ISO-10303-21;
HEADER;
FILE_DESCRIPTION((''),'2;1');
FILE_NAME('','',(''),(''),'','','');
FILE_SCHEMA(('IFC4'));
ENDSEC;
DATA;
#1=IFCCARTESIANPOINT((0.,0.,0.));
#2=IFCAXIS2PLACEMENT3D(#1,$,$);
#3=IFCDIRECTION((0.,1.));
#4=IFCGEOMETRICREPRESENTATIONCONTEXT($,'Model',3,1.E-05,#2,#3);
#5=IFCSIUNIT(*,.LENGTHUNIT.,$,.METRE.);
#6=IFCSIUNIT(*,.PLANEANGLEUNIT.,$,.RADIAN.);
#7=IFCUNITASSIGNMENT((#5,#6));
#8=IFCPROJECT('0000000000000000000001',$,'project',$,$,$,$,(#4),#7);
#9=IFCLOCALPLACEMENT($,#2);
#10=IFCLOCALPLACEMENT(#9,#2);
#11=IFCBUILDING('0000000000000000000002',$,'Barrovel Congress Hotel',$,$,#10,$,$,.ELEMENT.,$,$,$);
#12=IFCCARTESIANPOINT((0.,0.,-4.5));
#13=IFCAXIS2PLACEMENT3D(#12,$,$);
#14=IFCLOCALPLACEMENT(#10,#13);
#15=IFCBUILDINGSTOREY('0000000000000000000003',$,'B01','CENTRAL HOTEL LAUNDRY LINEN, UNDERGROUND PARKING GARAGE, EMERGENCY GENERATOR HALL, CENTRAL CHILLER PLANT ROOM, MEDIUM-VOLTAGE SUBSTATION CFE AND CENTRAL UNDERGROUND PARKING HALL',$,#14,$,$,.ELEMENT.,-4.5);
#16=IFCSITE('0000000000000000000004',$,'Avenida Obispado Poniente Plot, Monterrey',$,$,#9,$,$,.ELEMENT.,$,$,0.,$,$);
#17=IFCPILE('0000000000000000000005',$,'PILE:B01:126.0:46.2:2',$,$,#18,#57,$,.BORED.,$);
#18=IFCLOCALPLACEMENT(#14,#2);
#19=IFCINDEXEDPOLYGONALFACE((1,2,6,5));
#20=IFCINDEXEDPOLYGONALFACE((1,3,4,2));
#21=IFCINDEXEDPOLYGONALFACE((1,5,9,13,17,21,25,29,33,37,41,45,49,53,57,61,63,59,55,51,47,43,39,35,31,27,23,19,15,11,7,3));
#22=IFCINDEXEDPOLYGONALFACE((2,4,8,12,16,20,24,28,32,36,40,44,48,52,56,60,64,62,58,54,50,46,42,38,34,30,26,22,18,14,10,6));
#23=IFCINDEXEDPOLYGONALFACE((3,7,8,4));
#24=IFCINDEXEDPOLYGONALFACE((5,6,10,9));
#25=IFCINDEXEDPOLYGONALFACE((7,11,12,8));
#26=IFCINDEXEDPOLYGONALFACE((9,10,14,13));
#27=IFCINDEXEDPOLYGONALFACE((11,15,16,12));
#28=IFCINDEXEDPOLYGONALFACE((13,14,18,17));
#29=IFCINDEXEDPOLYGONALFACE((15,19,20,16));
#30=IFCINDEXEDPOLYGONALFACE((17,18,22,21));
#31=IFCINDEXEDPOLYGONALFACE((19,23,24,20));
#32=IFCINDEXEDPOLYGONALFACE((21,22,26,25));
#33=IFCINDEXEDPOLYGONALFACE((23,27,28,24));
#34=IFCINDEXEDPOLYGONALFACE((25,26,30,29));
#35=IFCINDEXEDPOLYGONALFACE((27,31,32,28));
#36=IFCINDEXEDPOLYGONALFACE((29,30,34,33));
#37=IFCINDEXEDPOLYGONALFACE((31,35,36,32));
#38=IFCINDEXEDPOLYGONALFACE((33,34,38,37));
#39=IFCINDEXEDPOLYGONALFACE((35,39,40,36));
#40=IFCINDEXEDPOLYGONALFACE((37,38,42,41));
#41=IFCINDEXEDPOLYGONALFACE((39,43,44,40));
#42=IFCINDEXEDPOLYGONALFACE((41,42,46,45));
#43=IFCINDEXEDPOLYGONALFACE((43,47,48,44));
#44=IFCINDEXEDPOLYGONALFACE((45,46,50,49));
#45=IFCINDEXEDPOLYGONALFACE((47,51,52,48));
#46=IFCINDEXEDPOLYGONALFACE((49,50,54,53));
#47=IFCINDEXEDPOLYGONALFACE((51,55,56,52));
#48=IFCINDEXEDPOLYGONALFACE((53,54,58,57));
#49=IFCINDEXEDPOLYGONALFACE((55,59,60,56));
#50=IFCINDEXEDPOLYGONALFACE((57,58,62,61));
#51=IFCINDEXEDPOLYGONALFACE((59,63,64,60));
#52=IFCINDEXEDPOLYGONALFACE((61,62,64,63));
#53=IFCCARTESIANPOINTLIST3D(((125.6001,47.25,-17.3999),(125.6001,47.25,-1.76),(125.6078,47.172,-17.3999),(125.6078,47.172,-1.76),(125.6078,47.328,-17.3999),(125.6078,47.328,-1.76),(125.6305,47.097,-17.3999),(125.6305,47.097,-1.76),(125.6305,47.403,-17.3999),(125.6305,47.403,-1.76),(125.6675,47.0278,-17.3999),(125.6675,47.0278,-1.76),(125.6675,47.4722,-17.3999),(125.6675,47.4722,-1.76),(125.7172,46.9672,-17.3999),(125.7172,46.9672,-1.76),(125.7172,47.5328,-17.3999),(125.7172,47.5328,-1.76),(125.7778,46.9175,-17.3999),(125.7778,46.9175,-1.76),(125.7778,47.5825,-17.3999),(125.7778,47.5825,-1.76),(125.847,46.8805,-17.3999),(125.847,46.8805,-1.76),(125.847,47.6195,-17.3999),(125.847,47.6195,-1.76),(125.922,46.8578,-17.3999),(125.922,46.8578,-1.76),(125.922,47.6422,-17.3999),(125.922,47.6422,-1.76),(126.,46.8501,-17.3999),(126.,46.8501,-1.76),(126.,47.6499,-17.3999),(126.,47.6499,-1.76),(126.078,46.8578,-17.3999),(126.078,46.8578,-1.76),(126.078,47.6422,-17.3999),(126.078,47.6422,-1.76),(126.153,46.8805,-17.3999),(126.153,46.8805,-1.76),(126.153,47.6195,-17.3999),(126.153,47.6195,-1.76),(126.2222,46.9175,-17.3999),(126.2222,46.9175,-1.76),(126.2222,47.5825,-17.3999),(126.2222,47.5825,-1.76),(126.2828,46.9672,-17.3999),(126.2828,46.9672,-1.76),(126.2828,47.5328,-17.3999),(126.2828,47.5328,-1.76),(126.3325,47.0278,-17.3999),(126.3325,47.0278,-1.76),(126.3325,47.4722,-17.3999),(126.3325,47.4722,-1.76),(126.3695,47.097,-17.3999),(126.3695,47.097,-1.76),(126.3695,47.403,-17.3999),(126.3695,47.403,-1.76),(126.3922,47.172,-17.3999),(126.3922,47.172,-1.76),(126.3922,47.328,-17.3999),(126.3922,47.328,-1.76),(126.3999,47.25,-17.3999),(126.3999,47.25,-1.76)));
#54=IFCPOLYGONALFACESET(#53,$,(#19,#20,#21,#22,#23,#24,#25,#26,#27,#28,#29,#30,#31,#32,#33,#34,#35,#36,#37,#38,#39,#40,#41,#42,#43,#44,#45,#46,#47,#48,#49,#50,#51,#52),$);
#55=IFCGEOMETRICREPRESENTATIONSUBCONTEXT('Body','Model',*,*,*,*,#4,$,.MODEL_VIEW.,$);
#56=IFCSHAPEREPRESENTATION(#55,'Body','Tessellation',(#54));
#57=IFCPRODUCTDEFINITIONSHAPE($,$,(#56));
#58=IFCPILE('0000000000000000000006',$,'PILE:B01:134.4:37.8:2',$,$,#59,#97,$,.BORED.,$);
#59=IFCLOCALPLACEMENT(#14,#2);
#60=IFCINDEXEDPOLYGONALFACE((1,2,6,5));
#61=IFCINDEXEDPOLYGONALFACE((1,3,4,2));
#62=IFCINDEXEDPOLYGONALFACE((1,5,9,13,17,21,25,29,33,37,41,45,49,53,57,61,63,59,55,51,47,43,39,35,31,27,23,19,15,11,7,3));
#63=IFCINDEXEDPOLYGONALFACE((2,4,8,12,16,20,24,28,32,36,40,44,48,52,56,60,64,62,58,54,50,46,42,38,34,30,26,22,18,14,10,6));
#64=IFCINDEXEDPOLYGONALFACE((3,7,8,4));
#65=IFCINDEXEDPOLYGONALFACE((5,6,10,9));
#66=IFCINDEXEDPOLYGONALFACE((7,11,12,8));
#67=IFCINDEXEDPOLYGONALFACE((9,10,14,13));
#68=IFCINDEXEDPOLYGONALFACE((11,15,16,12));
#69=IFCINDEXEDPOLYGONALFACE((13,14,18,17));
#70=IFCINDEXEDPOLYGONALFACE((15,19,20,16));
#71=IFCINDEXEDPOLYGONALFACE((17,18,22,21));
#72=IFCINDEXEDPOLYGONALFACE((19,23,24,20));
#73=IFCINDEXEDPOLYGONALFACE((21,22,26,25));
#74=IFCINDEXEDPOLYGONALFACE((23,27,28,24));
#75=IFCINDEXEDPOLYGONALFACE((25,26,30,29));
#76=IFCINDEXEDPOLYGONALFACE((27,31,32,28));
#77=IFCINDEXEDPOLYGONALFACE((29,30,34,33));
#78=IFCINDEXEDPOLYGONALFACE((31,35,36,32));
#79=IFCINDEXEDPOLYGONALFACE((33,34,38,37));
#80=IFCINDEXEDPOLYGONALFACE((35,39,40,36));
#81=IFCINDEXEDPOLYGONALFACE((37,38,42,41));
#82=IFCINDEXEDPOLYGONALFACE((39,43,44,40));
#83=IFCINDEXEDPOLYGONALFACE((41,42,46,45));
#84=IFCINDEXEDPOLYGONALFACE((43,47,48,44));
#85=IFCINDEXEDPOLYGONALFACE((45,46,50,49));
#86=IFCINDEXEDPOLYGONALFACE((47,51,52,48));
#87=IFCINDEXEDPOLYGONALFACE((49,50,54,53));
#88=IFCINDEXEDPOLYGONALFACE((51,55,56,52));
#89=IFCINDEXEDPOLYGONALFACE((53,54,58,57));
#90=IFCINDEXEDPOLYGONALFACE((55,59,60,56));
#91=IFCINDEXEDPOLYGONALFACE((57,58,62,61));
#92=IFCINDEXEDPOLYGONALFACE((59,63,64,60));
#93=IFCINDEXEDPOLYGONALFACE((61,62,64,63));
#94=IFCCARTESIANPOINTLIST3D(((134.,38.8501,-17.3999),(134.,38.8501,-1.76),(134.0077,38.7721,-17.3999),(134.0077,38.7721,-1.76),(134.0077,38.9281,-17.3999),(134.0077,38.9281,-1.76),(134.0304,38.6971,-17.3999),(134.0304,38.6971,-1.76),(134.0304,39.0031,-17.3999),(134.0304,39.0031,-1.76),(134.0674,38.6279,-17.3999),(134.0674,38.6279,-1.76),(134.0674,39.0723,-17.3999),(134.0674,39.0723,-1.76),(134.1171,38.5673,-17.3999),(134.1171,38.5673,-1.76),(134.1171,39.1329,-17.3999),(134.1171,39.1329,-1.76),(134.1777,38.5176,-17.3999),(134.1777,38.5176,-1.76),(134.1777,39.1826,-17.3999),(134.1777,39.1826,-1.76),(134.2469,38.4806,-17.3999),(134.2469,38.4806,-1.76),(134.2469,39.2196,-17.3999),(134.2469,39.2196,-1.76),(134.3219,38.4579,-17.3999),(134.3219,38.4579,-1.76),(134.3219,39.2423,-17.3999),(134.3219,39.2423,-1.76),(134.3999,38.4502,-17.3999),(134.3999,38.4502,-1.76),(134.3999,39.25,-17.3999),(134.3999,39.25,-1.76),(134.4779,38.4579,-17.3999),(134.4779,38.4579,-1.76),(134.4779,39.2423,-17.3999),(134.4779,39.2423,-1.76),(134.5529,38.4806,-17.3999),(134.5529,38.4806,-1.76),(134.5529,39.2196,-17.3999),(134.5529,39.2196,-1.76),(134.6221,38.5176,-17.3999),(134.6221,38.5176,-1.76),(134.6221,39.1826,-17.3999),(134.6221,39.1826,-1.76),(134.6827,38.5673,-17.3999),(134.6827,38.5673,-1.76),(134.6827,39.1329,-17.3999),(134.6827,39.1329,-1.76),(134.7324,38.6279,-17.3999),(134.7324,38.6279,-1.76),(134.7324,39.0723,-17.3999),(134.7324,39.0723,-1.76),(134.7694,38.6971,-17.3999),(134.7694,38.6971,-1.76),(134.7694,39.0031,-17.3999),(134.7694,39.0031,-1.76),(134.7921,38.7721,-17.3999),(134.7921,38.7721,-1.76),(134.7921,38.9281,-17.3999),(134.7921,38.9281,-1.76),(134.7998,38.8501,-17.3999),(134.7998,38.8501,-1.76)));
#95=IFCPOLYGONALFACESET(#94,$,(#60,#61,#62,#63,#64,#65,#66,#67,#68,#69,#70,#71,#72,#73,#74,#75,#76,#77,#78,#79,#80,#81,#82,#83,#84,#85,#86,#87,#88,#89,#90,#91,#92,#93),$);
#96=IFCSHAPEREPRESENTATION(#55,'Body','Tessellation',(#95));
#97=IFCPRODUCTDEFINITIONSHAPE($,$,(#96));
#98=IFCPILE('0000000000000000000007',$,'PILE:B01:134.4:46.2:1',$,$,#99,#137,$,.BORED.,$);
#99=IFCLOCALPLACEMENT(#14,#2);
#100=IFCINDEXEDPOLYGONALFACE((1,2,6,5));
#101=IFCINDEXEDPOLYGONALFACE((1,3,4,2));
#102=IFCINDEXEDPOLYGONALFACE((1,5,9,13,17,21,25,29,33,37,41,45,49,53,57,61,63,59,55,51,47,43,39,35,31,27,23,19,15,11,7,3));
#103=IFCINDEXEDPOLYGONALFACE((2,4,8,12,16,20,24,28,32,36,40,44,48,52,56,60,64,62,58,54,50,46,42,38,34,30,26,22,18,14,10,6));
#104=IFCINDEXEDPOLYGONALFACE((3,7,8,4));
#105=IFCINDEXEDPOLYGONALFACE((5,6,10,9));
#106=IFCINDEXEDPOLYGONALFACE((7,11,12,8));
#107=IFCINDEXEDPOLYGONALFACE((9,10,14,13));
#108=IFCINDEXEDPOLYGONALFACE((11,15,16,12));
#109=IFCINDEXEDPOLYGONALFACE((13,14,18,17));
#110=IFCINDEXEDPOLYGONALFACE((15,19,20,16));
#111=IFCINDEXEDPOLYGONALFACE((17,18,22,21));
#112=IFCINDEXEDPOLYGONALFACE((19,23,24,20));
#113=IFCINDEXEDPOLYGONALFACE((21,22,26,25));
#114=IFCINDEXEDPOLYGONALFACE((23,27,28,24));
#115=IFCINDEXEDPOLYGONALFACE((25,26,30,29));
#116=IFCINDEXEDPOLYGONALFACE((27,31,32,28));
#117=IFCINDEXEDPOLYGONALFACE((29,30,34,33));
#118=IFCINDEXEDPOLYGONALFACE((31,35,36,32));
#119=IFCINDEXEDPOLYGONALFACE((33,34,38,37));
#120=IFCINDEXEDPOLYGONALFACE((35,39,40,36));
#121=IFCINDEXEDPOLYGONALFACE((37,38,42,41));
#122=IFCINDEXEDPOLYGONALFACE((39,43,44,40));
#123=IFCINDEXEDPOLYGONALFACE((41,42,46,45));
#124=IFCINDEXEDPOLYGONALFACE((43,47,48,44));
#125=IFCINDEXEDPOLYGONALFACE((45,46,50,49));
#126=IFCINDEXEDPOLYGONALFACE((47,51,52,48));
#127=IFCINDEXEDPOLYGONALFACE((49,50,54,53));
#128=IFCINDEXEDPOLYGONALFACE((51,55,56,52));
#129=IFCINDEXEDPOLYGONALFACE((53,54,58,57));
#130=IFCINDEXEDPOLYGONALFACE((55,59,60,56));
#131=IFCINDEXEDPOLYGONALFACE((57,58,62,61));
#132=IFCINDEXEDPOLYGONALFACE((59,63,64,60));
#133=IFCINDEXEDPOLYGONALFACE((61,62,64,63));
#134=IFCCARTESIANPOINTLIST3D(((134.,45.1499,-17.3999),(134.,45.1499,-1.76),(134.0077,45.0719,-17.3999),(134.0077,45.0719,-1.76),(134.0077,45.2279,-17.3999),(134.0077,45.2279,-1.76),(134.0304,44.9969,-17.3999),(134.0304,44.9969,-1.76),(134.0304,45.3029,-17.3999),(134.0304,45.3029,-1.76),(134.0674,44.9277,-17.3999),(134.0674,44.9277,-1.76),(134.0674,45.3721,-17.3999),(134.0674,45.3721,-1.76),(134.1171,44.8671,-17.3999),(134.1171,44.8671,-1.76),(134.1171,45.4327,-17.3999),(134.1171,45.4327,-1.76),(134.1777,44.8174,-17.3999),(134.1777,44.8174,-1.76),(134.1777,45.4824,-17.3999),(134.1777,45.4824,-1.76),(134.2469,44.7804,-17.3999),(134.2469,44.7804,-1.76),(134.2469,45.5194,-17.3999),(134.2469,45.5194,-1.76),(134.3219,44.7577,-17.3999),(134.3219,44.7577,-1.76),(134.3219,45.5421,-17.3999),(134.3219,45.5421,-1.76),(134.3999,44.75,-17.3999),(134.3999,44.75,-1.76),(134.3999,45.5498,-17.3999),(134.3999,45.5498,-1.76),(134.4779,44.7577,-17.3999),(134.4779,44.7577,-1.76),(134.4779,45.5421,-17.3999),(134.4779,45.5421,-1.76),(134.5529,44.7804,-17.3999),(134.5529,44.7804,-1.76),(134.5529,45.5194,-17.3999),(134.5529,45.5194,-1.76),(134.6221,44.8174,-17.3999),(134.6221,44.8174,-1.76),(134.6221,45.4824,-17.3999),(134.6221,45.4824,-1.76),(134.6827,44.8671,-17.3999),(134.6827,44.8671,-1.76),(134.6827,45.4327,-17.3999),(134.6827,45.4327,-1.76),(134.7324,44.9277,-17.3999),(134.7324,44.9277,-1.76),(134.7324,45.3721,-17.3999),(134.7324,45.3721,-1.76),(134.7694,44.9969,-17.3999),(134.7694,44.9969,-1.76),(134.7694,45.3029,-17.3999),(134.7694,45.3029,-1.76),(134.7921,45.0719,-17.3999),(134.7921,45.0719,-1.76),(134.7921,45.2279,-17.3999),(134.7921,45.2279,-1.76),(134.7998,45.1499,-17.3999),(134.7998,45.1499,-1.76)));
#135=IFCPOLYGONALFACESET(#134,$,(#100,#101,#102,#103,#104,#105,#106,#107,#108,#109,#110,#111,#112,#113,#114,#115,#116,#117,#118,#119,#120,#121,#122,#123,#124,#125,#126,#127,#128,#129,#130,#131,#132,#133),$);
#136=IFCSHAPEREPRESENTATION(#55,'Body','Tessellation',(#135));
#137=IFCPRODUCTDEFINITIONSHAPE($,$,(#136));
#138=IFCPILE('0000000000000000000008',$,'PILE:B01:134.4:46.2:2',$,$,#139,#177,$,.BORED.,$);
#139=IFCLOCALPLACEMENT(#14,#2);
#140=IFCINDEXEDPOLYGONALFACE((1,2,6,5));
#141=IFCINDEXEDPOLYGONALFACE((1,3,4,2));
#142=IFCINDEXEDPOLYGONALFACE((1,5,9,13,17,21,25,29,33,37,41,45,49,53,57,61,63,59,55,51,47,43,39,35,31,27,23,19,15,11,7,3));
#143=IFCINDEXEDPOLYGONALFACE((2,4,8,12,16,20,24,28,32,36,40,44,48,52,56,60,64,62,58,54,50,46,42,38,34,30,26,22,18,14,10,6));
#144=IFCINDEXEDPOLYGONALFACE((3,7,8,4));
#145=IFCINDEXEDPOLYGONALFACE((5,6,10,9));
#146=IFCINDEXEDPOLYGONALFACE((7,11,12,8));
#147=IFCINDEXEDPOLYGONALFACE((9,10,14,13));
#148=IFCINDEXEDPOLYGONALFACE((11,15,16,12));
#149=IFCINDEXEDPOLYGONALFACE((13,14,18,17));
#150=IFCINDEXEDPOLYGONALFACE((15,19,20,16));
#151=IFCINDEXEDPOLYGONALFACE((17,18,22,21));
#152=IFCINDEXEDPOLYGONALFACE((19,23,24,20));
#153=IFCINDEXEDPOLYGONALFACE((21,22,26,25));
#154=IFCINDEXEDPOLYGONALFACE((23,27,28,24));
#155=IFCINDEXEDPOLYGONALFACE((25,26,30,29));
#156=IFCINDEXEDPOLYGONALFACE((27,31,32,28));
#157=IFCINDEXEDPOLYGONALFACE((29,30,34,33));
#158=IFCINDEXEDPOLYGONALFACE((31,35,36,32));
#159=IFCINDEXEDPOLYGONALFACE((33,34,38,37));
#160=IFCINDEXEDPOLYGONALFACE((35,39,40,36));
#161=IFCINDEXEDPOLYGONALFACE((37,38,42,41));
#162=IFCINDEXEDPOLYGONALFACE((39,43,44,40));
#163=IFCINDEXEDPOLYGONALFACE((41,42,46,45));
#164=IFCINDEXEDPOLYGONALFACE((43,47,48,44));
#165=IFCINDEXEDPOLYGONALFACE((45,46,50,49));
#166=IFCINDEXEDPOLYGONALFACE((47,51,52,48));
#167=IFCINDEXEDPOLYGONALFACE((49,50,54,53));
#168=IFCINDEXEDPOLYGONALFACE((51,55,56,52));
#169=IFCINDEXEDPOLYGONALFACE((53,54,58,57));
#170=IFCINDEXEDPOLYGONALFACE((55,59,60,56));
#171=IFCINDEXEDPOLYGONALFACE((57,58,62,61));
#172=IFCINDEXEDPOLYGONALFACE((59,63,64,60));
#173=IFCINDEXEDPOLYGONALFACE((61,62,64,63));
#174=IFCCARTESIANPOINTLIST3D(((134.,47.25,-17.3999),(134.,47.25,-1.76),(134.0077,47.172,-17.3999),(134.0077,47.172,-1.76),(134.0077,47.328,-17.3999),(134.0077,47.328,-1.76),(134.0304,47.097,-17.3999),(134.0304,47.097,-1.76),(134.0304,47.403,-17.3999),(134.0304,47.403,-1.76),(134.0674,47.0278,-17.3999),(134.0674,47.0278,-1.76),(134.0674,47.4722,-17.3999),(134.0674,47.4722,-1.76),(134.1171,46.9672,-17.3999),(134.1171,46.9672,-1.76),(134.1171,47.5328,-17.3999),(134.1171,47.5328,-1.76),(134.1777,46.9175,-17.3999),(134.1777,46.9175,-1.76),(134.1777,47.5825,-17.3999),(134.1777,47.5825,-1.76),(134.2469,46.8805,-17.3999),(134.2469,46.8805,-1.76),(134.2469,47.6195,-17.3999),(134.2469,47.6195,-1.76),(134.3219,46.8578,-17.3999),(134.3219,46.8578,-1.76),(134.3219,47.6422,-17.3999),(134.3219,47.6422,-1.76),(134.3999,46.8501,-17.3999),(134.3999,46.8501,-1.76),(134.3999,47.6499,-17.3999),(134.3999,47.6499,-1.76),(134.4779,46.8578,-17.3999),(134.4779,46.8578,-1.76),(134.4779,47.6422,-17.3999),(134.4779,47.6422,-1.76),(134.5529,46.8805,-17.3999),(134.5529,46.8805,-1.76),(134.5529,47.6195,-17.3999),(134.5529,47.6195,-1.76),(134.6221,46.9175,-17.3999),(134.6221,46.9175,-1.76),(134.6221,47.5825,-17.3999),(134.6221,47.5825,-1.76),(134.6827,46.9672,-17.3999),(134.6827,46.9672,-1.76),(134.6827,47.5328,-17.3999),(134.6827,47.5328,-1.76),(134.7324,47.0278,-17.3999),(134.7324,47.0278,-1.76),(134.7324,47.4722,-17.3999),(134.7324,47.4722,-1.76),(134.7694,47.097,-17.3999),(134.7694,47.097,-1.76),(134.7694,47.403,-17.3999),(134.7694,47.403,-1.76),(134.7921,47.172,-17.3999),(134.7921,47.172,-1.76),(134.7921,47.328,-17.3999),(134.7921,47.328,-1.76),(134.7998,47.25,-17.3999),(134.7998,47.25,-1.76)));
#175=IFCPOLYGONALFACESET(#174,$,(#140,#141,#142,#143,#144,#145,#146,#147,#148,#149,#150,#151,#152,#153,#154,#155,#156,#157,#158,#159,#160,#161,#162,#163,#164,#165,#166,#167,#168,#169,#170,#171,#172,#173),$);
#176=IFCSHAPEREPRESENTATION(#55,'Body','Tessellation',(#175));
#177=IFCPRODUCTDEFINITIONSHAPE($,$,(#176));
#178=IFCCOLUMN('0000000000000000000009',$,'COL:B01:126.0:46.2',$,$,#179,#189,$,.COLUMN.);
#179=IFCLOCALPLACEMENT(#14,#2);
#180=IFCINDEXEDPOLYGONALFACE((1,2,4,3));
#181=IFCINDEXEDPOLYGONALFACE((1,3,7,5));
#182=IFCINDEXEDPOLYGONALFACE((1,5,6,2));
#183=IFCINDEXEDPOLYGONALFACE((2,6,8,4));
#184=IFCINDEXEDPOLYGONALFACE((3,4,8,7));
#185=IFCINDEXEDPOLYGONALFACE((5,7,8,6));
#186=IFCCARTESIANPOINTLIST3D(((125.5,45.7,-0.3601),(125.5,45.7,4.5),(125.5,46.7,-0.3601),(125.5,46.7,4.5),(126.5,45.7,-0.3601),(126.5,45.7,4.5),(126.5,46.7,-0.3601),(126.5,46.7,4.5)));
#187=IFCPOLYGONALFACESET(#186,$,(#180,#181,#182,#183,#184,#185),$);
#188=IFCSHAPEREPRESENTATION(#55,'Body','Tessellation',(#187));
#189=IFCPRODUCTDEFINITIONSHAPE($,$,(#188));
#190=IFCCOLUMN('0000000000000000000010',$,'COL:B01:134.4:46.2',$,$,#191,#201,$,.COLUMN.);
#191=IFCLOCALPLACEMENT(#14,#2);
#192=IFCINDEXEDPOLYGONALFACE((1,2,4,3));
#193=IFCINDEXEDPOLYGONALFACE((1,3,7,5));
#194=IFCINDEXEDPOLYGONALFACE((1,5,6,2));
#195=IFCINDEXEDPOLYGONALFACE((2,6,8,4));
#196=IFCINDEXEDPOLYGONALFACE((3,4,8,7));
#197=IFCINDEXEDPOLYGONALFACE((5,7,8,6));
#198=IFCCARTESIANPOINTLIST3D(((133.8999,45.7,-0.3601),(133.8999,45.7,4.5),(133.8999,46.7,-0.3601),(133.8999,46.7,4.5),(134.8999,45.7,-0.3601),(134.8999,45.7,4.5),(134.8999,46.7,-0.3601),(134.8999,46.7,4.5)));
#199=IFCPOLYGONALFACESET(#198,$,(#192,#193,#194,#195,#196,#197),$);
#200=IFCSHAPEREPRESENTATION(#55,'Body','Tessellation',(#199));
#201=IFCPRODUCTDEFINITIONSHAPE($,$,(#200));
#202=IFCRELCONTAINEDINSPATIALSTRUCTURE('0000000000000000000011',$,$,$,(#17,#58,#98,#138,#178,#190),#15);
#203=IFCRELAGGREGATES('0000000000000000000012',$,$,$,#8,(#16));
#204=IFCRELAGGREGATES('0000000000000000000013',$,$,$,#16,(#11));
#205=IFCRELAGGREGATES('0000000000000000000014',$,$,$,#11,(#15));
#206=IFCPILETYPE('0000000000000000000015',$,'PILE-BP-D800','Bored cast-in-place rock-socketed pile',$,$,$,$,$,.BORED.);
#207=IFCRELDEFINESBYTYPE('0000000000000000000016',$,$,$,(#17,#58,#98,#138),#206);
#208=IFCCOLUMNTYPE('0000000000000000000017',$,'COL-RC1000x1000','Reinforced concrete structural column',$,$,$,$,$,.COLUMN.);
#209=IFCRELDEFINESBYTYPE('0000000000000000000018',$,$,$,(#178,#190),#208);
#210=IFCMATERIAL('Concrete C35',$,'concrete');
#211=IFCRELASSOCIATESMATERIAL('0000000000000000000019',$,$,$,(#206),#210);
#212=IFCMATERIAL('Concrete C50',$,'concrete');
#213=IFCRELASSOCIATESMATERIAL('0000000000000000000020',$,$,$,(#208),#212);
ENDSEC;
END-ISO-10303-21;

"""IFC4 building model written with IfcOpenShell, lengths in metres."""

from ifc_helpers import new_model, si_unit, direction, frame, origin, origin_2d, place, context, subcontext, project, spatial, rectangle, circle, extrude, material, material_profile, profile_set, type_object, element, save


model = new_model("IFC4")

# Units and contexts
model_context = context("Model", 3, precision=1e-05, world=origin(), true_north=direction((0.0, 1.0)))
body_context = subcontext(model_context, "Body", "Model", "MODEL_VIEW")
ifc_project = project(units=[si_unit("LENGTHUNIT", "METRE"), si_unit("PLANEANGLEUNIT", "RADIAN")], contexts=[model_context])

# Site, building, storey
site_placement = place(None, origin())
site = spatial("IfcSite", under=ifc_project, at=site_placement, Name="Avenida Obispado Poniente Plot, Monterrey", CompositionType="ELEMENT", RefElevation=0.0)
building_placement = place(site_placement, origin())
building = spatial("IfcBuilding", under=site, at=building_placement, Name="Barrovel Congress Hotel", CompositionType="ELEMENT")
storey_placement = place(building_placement, frame((0.0, 0.0, -4.5)))
storey = spatial("IfcBuildingStorey", under=building, at=storey_placement, Name="B01", Description="CENTRAL HOTEL LAUNDRY LINEN, UNDERGROUND PARKING GARAGE, EMERGENCY GENERATOR HALL, CENTRAL CHILLER PLANT ROOM, MEDIUM-VOLTAGE SUBSTATION CFE AND CENTRAL UNDERGROUND PARKING HALL", CompositionType="ELEMENT", Elevation=-4.5)

# Piles
ifc_material_1 = material(Name="Concrete C35", Category="concrete")
ifc_material_profile_1 = material_profile(ifc_material_1, circle(Radius=0.3999, at=origin_2d()), Name="BP-D800")
ifc_profile_set_1 = profile_set([ifc_material_profile_1], Name="Concrete C35")
pile_type_1 = type_object("IfcPileType", Name="PILE-BP-D800", Description="Bored cast-in-place rock-socketed pile", PredefinedType="BORED", material=ifc_profile_set_1)
for number, where, z_axis, x_axis, name in (
    (1, (126.0, 47.25, -1.76), (0.0, 0.0, -1.0), (1.0, 0.0, 0.0), "PILE:B01:126.0:46.2:2"),
    (2, (134.3999, 38.8501, -1.76), (0.0, 0.0, -1.0), (1.0, 0.0, 0.0), "PILE:B01:134.4:37.8:2"),
    (3, (134.3999, 45.1499, -1.76), (0.0, 0.0, -1.0), (1.0, 0.0, 0.0), "PILE:B01:134.4:46.2:1"),
    (4, (134.3999, 47.25, -1.76), (0.0, 0.0, -1.0), (1.0, 0.0, 0.0), "PILE:B01:134.4:46.2:2"),
):
    element("IfcPile", number, at=place(storey_placement, frame(where, z_axis=z_axis, x_axis=x_axis)), inside=storey, type_object=pile_type_1, Name=name, PredefinedType="BORED", context=body_context, shape_type="SweptSolid", body=[
        extrude(circle(Radius=0.3999, at=origin_2d()), origin(), (0.0, 0.0, 1.0), 15.6399),
    ])

# Columns
ifc_material_2 = material(Name="Concrete C50", Category="concrete")
ifc_material_profile_2 = material_profile(ifc_material_2, rectangle(XDim=1.0, YDim=1.0, at=origin_2d()), Name="RC1000x1000")
ifc_profile_set_2 = profile_set([ifc_material_profile_2], Name="Concrete C50")
column_type_1 = type_object("IfcColumnType", Name="COL-RC1000x1000", Description="Reinforced concrete structural column", PredefinedType="COLUMN", material=ifc_profile_set_2)
for number, where, z_axis, x_axis, name in (
    (5, (126.0, 46.2, -0.3601), (0.0, 0.0, 1.0), (1.0, 0.0, 0.0), "COL:B01:126.0:46.2"),
    (6, (134.3999, 46.2, -0.3601), (0.0, 0.0, 1.0), (1.0, 0.0, 0.0), "COL:B01:134.4:46.2"),
):
    element("IfcColumn", number, at=place(storey_placement, frame(where, z_axis=z_axis, x_axis=x_axis)), inside=storey, type_object=column_type_1, Name=name, PredefinedType="COLUMN", context=body_context, shape_type="SweptSolid", body=[
        extrude(rectangle(XDim=1.0, YDim=1.0, at=origin_2d()), origin(), (0.0, 0.0, 1.0), 4.8601),
    ])

save(model, "model.ifc")
